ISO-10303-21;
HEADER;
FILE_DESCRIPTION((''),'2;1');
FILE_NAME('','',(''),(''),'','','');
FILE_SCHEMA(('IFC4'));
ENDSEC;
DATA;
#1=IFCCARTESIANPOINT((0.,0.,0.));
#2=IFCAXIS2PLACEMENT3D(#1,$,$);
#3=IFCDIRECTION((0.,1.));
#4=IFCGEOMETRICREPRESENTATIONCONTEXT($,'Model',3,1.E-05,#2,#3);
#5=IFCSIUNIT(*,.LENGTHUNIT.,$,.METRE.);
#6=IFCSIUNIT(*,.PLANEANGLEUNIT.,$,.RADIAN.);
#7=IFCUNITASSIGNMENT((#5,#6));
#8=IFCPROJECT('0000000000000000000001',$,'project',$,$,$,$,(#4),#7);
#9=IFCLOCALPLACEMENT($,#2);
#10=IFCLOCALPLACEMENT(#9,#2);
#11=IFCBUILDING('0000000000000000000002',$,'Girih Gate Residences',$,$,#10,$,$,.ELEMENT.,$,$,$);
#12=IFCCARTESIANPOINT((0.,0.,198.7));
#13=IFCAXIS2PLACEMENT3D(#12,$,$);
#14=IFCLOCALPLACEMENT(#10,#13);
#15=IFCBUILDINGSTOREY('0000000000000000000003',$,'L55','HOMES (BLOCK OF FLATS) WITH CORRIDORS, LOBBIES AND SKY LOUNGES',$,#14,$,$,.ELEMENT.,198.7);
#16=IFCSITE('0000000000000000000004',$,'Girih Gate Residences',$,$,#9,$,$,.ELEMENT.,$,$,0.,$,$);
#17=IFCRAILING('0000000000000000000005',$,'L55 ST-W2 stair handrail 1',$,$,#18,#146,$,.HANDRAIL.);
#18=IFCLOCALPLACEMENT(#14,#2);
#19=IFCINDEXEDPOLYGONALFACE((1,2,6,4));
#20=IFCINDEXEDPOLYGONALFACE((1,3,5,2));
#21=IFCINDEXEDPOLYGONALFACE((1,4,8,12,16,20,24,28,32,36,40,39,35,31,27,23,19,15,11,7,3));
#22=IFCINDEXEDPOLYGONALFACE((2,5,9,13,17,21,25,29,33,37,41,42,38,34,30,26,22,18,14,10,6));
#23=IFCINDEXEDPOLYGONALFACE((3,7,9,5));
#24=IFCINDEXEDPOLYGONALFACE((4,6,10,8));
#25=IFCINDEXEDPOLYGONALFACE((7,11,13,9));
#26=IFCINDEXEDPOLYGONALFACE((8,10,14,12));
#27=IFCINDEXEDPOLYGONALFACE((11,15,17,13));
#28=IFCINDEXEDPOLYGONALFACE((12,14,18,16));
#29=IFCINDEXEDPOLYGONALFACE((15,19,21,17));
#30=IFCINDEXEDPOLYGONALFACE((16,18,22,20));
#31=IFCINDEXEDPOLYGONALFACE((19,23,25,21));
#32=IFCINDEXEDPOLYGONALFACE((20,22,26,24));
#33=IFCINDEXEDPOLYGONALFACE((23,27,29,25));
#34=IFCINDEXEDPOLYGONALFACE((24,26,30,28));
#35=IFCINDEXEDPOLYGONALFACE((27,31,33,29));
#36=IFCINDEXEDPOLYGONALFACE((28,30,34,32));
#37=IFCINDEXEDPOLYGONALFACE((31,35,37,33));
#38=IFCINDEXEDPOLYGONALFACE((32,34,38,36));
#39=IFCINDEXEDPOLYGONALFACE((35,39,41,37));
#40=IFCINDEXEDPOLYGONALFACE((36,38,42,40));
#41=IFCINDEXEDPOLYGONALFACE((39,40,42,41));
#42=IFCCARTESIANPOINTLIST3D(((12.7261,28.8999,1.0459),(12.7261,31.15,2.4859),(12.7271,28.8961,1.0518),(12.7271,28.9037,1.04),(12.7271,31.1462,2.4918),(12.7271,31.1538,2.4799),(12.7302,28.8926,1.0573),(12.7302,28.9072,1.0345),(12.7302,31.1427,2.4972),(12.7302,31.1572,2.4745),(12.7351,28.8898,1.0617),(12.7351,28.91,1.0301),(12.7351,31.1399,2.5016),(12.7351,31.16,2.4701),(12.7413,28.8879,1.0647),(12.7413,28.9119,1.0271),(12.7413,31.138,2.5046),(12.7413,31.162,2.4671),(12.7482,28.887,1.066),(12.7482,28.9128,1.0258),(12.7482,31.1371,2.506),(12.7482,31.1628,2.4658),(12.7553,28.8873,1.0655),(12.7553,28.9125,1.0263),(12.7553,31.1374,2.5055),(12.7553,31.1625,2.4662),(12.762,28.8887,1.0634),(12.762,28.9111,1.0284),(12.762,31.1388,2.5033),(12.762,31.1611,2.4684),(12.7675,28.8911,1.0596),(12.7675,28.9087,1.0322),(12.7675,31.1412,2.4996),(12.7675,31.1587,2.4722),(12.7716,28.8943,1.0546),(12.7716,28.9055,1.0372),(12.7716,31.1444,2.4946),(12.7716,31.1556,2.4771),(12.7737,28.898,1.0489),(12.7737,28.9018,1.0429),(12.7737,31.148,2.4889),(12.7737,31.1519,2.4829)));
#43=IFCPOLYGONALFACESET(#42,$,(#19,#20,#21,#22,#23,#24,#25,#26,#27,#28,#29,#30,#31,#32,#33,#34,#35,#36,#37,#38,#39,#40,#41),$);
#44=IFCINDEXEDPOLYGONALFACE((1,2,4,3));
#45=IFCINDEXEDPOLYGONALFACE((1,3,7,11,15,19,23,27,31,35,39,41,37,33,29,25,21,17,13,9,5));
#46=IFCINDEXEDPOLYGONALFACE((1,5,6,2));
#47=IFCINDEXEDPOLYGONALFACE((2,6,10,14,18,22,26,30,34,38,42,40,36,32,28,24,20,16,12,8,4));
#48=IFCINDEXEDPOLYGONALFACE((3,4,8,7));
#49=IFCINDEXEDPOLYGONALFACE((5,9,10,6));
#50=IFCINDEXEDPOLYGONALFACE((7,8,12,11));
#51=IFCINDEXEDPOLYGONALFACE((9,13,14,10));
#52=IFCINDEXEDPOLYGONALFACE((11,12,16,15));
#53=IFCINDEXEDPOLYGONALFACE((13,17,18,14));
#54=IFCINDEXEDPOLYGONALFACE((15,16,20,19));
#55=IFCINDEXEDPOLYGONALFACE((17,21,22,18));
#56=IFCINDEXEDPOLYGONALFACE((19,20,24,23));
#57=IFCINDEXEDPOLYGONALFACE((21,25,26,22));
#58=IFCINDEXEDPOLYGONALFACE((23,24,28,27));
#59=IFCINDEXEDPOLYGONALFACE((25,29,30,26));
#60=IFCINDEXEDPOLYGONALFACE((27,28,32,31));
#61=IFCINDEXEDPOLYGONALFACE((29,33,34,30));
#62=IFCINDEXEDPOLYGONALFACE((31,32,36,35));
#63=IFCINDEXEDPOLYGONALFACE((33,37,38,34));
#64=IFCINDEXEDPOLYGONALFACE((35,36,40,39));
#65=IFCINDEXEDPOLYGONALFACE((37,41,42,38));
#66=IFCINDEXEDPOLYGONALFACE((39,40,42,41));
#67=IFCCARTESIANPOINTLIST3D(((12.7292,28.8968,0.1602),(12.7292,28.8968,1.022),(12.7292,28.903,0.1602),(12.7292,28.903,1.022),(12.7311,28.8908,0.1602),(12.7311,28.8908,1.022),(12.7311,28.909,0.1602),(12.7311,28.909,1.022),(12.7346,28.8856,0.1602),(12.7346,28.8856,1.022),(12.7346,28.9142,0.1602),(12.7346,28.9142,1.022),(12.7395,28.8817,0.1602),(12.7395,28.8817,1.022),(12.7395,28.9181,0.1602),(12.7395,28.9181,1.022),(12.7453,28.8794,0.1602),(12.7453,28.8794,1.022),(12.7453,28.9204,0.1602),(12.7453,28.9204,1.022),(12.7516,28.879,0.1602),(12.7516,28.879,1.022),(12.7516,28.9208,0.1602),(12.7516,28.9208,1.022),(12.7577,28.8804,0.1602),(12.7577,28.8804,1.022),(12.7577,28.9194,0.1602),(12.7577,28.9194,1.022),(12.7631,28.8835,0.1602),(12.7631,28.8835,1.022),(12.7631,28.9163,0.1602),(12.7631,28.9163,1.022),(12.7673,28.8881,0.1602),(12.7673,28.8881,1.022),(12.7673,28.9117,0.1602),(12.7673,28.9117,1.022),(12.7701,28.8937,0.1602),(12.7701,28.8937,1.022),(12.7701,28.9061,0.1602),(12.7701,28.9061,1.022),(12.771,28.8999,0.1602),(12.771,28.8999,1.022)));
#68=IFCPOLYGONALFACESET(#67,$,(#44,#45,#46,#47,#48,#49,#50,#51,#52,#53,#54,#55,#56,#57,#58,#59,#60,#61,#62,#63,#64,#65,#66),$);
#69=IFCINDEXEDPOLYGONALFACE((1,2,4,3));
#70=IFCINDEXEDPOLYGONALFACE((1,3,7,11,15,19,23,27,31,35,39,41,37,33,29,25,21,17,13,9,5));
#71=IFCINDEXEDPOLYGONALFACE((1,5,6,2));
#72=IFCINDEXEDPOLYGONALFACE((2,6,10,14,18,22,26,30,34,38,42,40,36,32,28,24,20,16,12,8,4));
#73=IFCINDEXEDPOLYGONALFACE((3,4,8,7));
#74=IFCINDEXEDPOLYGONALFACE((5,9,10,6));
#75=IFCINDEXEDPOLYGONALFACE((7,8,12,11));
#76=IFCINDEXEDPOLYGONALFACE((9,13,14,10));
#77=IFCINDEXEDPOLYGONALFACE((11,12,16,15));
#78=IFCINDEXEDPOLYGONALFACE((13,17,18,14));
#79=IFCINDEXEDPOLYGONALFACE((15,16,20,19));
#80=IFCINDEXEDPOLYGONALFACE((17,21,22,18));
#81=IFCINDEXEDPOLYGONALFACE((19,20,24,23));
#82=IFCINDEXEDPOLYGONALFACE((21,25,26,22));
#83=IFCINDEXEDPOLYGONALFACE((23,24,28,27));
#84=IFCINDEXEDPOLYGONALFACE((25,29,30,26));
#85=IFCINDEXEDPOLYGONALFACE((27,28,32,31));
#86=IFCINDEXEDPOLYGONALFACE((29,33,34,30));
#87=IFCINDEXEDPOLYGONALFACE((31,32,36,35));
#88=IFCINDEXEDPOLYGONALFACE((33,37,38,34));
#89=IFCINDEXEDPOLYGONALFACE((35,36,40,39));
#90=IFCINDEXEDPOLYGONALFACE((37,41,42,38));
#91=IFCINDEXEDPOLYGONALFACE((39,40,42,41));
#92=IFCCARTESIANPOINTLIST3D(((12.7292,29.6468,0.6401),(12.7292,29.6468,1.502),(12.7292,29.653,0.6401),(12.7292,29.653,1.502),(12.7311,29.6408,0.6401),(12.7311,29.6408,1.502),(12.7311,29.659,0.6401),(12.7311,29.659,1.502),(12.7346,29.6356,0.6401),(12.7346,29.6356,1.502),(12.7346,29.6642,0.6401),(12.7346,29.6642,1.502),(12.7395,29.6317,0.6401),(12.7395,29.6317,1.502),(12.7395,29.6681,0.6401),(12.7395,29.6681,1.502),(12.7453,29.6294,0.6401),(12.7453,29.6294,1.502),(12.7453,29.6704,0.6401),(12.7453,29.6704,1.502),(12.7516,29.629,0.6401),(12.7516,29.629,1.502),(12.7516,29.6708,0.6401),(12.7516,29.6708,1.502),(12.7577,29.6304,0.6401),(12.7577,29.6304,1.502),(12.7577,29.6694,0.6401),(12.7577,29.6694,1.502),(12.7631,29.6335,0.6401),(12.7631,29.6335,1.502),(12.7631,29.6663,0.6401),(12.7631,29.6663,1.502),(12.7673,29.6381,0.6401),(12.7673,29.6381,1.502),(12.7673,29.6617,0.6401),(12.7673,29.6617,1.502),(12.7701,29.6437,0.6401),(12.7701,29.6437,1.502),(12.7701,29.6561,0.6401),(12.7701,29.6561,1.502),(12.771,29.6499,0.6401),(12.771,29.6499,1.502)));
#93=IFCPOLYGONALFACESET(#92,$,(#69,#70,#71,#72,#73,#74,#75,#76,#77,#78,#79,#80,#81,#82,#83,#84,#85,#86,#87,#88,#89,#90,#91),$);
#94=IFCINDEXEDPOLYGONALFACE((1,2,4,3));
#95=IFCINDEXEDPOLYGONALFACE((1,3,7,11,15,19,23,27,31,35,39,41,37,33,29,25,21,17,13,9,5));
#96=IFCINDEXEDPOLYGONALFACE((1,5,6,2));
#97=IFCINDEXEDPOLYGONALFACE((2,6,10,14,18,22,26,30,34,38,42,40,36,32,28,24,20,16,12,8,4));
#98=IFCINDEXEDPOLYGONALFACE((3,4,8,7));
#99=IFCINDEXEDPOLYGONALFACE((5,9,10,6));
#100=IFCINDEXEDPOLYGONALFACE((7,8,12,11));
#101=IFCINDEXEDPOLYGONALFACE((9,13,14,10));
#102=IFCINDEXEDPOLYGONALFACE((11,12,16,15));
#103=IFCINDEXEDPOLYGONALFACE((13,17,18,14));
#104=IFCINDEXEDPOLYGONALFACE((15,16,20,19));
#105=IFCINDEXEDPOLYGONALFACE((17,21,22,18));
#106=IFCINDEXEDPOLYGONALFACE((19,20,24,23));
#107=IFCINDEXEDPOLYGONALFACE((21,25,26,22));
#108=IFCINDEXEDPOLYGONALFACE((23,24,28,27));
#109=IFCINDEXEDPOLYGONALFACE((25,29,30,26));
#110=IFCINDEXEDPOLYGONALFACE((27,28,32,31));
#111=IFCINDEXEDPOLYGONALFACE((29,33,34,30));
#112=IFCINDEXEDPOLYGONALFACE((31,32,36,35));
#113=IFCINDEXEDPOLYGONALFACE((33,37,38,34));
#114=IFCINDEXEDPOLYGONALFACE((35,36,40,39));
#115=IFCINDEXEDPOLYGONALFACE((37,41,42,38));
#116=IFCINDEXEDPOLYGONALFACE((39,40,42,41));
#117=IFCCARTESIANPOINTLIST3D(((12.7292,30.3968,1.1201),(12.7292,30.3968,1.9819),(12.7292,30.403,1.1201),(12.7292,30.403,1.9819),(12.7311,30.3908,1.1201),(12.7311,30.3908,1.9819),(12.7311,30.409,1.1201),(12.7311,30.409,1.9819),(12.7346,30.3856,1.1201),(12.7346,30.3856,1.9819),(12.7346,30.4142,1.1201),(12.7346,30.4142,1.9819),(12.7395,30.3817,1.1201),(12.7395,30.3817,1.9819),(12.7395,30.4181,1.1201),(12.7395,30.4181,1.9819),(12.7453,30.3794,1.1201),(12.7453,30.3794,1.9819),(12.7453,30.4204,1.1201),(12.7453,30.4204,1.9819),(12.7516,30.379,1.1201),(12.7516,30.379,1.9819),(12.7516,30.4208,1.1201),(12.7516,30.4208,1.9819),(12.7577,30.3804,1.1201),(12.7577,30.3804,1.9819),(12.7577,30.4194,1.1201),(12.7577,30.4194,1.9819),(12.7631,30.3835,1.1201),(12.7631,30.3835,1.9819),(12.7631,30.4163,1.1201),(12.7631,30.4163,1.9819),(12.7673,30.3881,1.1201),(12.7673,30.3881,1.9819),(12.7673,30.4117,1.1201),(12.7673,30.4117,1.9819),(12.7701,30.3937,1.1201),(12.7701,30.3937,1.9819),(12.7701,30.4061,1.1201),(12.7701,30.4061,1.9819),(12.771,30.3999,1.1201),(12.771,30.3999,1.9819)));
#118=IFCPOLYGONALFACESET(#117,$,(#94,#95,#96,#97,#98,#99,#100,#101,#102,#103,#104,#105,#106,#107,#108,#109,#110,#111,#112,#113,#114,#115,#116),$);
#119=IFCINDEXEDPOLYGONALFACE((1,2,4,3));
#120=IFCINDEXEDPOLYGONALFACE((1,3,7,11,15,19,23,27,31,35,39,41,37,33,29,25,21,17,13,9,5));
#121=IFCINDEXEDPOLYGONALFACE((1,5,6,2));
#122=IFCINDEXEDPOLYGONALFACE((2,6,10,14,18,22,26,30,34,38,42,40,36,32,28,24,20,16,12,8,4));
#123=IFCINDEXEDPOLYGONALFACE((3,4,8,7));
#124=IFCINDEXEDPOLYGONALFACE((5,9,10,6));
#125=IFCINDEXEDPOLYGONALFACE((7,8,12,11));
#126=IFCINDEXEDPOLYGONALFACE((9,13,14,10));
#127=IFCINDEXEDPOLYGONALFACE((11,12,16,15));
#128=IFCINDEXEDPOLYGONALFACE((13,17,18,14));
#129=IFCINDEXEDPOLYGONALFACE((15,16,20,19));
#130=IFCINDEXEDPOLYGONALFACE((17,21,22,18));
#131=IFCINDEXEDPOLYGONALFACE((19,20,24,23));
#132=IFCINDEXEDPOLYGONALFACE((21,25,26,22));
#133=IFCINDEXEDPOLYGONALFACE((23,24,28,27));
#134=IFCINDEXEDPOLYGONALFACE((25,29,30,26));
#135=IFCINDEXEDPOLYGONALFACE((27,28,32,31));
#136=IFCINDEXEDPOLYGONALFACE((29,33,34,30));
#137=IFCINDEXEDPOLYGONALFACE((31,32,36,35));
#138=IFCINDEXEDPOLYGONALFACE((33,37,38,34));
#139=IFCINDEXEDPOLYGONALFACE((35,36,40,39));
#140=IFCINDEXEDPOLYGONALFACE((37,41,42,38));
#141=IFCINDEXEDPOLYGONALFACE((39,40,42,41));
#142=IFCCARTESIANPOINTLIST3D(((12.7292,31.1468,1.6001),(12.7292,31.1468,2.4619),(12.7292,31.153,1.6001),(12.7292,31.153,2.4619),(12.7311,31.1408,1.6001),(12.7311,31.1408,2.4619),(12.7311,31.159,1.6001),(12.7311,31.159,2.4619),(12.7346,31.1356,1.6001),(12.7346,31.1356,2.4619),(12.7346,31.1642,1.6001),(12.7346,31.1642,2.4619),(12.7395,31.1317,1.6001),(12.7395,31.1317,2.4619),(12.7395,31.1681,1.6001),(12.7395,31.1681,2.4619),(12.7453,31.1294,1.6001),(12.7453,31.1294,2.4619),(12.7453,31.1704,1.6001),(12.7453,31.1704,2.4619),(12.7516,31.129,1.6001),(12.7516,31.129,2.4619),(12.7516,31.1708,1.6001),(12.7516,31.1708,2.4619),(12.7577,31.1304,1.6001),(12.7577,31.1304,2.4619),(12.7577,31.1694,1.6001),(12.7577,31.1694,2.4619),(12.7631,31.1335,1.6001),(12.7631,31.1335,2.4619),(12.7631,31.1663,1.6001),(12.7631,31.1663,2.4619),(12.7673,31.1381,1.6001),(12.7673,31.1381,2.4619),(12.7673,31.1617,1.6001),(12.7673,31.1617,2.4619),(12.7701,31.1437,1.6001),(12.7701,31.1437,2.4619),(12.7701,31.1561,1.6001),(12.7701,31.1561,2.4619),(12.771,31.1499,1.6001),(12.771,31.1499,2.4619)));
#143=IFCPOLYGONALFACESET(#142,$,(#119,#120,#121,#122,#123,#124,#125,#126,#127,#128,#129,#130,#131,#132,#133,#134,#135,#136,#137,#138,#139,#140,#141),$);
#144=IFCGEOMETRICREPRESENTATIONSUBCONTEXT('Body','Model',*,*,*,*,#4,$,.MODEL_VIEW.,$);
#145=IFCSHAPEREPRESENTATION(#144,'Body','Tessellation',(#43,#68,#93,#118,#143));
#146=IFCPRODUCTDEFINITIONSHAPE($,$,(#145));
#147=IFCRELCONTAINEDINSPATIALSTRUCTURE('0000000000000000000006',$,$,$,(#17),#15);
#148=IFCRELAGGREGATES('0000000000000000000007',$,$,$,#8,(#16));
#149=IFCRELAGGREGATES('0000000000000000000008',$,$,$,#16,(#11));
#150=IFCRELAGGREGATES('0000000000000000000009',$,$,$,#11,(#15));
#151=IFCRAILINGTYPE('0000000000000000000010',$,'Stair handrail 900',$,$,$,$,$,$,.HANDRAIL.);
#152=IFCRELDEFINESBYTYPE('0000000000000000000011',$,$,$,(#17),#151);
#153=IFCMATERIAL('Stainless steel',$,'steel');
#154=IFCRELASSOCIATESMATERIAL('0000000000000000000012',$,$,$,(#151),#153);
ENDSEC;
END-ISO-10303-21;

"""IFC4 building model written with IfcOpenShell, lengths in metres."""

from ifc_helpers import new_model, si_unit, direction, frame, origin, origin_2d, place, context, subcontext, project, spatial, circle, extrude, material, type_object, element, save


model = new_model("IFC4")

# Units and contexts
model_context = context("Model", 3, precision=1e-05, world=origin(), true_north=direction((0.0, 1.0)))
body_context = subcontext(model_context, "Body", "Model", "MODEL_VIEW")
ifc_project = project(units=[si_unit("LENGTHUNIT", "METRE"), si_unit("PLANEANGLEUNIT", "RADIAN")], contexts=[model_context])

# Site, building, storey
site_placement = place(None, origin())
site = spatial("IfcSite", under=ifc_project, at=site_placement, Name="Girih Gate Residences", CompositionType="ELEMENT", RefElevation=0.0)
building_placement = place(site_placement, origin())
building = spatial("IfcBuilding", under=site, at=building_placement, Name="Girih Gate Residences", CompositionType="ELEMENT")
storey_placement = place(building_placement, frame((0.0, 0.0, 198.7)))
storey = spatial("IfcBuildingStorey", under=building, at=storey_placement, Name="L55", Description="HOMES (BLOCK OF FLATS) WITH CORRIDORS, LOBBIES AND SKY LOUNGES", CompositionType="ELEMENT", Elevation=198.7)

# Railing
ifc_material_1 = material(Name="Stainless steel", Category="steel")
railing_type_1 = type_object("IfcRailingType", Name="Stair handrail 900", PredefinedType="HANDRAIL", material=ifc_material_1)
for number, where, name in (
    (1, (12.75, 28.8999, 0.1602), "L55 ST-W2 stair handrail 1"),
):
    element("IfcRailing", number, at=place(storey_placement, frame(where)), inside=storey, type_object=railing_type_1, Name=name, PredefinedType="HANDRAIL", context=body_context, shape_type="SweptSolid", body=[
        extrude(circle(Radius=0.0239, at=origin_2d()), frame((0.0, 0.0, 0.8857), z_axis=(0.0, 0.842281, 0.539038), x_axis=(-1.0, 0.0, 0.0)), (0.0, 0.0, 1.0), 2.6714),
        extrude(circle(Radius=0.021, at=origin_2d()), origin(), (0.0, 0.0, 1.0), 0.8618),
        extrude(circle(Radius=0.021, at=origin_2d()), frame((0.0, 0.75, 0.48)), (0.0, 0.0, 1.0), 0.8618),
        extrude(circle(Radius=0.021, at=origin_2d()), frame((0.0, 1.5, 0.96)), (0.0, 0.0, 1.0), 0.8618),
        extrude(circle(Radius=0.021, at=origin_2d()), frame((0.0, 2.25, 1.4399)), (0.0, 0.0, 1.0), 0.8618),
    ])

save(model, "model.ifc")
